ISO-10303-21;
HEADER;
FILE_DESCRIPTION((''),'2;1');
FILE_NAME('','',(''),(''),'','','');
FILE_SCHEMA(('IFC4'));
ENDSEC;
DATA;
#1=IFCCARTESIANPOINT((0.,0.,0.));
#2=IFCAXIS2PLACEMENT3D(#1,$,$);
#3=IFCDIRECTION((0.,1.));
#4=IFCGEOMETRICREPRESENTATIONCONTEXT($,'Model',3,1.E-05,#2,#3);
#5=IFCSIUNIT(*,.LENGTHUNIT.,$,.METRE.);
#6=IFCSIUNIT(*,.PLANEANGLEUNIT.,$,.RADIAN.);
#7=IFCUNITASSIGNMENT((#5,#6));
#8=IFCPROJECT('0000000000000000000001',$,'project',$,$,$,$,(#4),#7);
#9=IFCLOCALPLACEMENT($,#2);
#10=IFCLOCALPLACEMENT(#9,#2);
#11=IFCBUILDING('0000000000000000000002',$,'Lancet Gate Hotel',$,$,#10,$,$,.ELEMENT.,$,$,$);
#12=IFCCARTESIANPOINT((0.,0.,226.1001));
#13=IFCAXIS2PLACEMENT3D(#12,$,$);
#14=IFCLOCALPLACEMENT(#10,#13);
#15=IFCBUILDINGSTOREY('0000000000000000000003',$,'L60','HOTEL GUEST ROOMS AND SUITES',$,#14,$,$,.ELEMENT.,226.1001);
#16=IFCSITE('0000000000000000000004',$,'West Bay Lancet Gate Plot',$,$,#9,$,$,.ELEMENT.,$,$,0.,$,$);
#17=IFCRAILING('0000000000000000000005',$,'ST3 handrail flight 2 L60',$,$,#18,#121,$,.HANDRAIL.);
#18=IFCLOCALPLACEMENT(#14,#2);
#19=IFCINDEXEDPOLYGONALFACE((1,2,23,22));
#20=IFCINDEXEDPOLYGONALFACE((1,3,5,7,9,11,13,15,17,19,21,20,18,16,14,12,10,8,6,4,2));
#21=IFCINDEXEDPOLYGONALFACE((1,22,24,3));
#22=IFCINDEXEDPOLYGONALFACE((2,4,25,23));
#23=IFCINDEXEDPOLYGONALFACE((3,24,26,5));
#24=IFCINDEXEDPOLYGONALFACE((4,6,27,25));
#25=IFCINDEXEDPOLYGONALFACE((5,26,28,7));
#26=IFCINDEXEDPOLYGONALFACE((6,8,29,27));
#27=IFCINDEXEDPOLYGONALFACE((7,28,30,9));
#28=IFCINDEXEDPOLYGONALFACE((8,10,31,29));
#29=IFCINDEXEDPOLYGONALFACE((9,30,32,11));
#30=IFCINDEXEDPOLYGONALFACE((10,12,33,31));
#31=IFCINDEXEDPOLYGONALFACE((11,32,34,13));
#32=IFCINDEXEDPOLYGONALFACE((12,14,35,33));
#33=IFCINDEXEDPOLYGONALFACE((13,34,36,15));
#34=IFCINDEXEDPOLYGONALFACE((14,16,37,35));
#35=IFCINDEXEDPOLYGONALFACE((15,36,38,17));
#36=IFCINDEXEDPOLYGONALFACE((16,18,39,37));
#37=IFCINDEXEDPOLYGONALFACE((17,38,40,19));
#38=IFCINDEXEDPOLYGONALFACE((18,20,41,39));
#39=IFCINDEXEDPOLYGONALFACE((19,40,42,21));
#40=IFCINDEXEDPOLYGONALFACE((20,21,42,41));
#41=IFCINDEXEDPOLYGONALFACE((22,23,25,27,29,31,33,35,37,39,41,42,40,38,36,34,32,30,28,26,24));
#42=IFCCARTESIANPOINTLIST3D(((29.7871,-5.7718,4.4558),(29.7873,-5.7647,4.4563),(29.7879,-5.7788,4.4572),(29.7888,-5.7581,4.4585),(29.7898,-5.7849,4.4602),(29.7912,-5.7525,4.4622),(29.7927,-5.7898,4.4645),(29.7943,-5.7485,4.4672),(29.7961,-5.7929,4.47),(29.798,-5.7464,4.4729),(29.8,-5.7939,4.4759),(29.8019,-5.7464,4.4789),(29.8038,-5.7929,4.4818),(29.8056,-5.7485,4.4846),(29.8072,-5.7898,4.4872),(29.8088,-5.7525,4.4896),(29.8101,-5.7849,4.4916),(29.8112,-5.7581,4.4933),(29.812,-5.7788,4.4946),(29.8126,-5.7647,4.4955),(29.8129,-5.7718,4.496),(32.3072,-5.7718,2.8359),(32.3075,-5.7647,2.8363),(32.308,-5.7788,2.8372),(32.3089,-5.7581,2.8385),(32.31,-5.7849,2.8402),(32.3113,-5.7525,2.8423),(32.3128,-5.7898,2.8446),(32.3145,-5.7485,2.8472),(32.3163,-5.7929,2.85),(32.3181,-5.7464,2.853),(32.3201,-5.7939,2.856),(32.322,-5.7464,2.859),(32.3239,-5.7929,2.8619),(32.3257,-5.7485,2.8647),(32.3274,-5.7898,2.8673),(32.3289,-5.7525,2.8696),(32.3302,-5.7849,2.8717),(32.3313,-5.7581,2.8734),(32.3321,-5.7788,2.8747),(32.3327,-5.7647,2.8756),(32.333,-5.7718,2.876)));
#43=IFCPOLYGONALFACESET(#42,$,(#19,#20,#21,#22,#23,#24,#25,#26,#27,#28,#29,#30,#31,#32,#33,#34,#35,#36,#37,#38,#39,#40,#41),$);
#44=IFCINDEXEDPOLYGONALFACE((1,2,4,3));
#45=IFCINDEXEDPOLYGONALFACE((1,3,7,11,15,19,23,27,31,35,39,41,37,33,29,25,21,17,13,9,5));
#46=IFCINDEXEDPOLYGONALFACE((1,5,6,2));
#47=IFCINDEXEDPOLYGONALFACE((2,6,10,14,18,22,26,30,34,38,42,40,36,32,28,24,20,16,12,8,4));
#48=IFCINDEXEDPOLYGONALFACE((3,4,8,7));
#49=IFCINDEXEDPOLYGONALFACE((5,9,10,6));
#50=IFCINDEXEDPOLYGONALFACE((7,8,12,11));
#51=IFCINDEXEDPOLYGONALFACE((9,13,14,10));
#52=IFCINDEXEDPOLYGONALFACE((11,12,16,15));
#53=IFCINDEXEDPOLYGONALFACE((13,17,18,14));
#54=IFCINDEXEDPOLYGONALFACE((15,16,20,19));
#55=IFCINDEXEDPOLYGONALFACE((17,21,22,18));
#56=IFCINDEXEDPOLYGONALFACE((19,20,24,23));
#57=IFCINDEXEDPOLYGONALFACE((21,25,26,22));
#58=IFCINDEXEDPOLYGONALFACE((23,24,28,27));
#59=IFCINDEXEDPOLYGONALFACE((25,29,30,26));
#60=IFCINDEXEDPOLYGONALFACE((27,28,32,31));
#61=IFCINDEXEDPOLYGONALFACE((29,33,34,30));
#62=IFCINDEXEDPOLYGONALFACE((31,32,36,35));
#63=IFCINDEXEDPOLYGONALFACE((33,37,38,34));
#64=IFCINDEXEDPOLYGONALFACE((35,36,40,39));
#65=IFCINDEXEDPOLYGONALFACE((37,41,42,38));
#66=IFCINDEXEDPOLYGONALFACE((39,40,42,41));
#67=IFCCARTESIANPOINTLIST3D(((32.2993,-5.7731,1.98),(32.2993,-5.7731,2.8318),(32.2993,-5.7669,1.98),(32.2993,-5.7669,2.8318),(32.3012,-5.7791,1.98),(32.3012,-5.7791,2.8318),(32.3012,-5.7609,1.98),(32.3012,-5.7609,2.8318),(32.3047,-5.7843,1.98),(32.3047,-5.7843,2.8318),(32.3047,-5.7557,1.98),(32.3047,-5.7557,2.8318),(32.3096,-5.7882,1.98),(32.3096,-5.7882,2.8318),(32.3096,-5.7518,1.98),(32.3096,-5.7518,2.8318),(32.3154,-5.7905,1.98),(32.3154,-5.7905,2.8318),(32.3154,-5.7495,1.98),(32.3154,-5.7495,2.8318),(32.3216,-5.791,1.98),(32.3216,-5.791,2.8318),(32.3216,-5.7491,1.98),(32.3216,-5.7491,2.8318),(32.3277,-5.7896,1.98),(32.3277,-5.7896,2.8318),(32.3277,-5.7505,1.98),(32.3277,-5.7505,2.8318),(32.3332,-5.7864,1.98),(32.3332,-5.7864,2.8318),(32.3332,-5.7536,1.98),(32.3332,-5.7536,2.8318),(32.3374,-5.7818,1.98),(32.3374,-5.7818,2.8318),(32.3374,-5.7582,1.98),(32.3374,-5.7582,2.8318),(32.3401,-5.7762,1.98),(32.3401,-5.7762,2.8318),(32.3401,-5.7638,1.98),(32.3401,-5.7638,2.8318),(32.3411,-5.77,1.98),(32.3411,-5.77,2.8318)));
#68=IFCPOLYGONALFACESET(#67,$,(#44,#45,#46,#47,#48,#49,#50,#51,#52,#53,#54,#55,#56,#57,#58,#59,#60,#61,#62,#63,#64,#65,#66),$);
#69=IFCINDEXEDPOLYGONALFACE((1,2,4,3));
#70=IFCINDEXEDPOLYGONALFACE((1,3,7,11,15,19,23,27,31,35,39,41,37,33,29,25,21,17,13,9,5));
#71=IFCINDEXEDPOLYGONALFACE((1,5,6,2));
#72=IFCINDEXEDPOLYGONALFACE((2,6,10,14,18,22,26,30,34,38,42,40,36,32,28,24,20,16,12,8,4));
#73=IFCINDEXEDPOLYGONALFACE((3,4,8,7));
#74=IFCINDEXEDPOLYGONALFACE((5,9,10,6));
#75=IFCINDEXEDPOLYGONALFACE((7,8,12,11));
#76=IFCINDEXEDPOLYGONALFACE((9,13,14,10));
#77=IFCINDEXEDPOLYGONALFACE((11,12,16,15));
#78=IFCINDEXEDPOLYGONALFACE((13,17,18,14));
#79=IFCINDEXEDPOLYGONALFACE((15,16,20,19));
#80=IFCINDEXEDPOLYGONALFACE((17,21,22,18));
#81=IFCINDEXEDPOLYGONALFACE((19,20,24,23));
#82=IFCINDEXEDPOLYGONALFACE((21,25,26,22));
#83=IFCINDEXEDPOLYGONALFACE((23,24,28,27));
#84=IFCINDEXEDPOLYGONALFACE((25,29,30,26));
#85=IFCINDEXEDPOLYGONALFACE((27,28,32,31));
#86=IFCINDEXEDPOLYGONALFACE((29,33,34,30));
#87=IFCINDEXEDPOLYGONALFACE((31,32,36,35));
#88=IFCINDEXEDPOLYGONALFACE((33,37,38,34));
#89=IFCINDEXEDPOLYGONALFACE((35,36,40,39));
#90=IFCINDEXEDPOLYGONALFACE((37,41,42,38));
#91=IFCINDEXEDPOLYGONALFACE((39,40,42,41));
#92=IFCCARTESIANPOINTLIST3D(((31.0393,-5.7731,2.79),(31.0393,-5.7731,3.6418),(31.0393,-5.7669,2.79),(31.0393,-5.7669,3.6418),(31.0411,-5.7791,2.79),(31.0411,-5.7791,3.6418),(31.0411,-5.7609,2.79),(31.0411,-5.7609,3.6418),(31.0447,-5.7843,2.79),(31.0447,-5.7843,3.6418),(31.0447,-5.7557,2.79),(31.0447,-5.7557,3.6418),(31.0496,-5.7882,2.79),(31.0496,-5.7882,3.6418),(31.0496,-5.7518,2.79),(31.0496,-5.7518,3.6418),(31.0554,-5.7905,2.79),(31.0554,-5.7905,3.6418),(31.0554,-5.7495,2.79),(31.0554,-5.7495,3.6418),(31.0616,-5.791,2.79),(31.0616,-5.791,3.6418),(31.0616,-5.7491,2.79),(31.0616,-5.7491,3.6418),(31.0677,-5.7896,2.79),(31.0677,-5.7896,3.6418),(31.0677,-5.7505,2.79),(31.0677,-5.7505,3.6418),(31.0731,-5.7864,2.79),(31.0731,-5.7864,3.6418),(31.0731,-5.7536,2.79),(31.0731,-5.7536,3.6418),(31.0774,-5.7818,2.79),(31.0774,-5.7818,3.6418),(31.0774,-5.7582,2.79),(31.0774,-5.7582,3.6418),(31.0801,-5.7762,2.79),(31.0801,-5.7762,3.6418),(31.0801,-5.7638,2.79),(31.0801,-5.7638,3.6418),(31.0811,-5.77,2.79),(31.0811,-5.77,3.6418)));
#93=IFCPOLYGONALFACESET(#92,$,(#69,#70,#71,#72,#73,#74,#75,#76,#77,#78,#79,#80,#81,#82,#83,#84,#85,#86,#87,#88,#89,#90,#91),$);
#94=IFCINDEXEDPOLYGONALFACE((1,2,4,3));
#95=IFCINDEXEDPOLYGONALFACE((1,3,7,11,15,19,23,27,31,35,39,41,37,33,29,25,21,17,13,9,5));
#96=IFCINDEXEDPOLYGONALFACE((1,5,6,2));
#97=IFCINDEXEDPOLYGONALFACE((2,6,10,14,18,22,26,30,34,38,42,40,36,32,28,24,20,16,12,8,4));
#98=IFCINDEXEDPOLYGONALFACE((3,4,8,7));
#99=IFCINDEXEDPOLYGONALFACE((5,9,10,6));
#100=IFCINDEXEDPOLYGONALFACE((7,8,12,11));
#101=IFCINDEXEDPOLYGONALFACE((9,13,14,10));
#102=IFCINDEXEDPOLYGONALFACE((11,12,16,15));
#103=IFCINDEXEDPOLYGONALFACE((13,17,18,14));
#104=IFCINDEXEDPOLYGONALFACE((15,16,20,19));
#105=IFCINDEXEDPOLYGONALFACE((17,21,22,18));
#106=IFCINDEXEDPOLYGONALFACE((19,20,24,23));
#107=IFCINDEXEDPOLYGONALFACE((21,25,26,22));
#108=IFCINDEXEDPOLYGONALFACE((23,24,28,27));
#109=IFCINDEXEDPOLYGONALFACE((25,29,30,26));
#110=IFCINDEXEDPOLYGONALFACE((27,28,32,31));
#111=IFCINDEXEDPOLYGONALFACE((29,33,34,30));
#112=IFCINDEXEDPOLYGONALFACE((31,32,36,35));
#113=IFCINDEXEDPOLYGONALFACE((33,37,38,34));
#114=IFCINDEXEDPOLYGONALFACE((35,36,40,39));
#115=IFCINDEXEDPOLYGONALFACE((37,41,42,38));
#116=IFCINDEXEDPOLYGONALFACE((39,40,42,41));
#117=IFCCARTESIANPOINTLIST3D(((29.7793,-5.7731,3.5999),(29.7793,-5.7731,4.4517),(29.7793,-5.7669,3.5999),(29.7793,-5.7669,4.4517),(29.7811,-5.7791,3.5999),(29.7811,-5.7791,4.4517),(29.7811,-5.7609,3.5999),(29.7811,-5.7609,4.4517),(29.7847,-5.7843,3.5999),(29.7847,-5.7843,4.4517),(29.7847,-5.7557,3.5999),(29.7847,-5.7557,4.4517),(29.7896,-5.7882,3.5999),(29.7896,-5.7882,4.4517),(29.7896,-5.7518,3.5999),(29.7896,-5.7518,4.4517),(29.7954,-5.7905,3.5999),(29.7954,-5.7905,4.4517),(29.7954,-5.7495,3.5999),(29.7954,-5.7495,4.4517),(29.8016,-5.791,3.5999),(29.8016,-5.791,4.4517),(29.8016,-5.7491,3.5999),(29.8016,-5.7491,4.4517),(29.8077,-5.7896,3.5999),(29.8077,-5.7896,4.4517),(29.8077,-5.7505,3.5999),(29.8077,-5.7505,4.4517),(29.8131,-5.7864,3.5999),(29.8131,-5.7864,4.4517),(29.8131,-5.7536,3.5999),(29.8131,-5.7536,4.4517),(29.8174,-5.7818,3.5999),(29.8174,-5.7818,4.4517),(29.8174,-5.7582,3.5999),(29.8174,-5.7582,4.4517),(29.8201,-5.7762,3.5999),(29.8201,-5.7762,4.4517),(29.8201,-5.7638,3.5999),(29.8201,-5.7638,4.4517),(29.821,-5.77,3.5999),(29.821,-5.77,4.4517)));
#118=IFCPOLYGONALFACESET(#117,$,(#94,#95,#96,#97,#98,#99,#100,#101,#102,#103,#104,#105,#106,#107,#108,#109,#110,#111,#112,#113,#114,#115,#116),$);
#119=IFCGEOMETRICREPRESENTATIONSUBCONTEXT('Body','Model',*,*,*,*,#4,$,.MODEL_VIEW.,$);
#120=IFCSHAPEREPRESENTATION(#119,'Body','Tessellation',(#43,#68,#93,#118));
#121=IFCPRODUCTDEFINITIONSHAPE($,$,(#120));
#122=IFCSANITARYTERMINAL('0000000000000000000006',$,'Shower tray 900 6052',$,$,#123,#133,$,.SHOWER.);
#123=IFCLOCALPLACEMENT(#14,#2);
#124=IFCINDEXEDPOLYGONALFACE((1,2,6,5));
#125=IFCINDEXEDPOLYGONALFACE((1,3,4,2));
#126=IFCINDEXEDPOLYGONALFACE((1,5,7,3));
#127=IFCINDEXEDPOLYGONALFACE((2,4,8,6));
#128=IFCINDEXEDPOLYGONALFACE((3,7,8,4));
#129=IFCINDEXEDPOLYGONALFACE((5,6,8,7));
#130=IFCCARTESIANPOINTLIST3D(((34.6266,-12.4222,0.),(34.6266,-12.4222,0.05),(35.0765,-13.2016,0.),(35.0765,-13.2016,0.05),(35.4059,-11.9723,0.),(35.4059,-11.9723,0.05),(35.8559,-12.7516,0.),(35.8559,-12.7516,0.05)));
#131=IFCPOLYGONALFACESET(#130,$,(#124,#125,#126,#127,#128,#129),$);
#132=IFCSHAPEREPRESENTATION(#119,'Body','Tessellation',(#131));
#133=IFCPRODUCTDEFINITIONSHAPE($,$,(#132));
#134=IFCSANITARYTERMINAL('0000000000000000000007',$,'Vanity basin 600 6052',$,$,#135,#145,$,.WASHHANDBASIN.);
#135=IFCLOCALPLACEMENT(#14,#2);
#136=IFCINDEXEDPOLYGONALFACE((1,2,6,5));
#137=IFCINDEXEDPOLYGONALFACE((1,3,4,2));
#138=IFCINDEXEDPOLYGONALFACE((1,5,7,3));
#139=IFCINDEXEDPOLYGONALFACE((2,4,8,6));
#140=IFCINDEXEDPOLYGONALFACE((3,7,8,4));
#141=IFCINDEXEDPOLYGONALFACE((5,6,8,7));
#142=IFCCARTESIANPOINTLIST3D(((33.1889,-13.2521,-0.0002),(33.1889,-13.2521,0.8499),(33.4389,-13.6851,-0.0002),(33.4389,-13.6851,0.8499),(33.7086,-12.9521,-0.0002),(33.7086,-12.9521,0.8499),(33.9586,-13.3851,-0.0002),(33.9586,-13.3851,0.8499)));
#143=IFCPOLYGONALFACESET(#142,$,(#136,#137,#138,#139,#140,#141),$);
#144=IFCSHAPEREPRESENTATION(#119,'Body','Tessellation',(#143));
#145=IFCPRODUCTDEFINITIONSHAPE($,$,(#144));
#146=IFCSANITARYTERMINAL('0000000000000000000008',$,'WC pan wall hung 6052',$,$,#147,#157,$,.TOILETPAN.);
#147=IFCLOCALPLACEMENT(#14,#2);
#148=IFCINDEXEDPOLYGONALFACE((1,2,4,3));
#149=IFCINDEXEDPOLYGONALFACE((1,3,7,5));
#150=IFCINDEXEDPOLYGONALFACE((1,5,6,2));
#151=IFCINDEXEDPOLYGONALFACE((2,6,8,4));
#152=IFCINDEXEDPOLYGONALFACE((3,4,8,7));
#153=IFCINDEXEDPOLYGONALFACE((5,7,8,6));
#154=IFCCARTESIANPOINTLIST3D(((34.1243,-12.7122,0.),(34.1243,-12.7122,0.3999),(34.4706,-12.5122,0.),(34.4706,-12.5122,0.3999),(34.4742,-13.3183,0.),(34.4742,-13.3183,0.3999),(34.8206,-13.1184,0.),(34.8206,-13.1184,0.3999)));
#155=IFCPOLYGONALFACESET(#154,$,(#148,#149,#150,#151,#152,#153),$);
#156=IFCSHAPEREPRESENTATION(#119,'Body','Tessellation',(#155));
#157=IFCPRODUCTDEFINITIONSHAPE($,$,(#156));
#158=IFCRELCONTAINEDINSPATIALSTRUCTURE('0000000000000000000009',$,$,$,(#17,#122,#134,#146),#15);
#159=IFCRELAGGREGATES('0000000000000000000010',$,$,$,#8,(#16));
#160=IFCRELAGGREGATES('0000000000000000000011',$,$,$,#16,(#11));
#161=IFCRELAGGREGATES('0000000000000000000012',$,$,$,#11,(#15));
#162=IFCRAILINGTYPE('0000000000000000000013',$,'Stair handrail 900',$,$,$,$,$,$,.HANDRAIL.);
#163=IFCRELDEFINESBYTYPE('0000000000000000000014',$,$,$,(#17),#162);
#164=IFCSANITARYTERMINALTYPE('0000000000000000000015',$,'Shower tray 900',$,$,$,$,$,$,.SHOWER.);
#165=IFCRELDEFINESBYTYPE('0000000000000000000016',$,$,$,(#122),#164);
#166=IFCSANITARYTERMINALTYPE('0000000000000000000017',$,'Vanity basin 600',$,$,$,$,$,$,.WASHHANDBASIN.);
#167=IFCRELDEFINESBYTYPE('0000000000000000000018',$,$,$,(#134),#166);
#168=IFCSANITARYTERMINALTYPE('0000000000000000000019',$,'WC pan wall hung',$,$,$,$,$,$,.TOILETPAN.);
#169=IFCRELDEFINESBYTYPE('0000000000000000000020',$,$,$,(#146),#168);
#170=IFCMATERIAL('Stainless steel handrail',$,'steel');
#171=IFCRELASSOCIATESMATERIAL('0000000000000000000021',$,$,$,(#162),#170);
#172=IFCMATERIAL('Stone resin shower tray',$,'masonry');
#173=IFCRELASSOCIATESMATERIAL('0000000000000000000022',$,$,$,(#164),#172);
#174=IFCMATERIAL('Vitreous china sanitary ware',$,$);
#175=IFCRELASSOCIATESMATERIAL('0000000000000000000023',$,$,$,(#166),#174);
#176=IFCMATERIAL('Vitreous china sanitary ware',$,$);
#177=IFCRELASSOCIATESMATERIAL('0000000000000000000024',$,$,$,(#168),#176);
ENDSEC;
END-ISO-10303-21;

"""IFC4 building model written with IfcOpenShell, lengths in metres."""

from ifc_helpers import new_model, si_unit, direction, frame, origin, origin_2d, place, context, subcontext, project, spatial, rectangle, circle, extrude, material, type_object, element, save


model = new_model("IFC4")

# Units and contexts
model_context = context("Model", 3, precision=1e-05, world=origin(), true_north=direction((0.0, 1.0)))
body_context = subcontext(model_context, "Body", "Model", "MODEL_VIEW")
ifc_project = project(units=[si_unit("LENGTHUNIT", "METRE"), si_unit("PLANEANGLEUNIT", "RADIAN")], contexts=[model_context])

# Site, building, storey
site_placement = place(None, origin())
site = spatial("IfcSite", under=ifc_project, at=site_placement, Name="West Bay Lancet Gate Plot", CompositionType="ELEMENT", RefElevation=0.0)
building_placement = place(site_placement, origin())
building = spatial("IfcBuilding", under=site, at=building_placement, Name="Lancet Gate Hotel", CompositionType="ELEMENT")
storey_placement = place(building_placement, frame((0.0, 0.0, 226.1001)))
storey = spatial("IfcBuildingStorey", under=building, at=storey_placement, Name="L60", Description="HOTEL GUEST ROOMS AND SUITES", CompositionType="ELEMENT", Elevation=226.1001)

# Railing
ifc_material_1 = material(Name="Stainless steel handrail", Category="steel")
railing_type = type_object("IfcRailingType", Name="Stair handrail 900", PredefinedType="HANDRAIL", material=ifc_material_1)
railing_1_placement = place(storey_placement, frame((32.3201, -5.77, 1.98)))
element("IfcRailing", 1, at=railing_1_placement, inside=storey, type_object=railing_type, Name="ST3 handrail flight 2 L60", PredefinedType="HANDRAIL", context=body_context, shape_type="SweptSolid", body=[
    extrude(circle(Radius=0.0239, at=origin_2d()), frame((0.0, 0.0, 0.876), z_axis=(-0.8412, 0.0, 0.540725), x_axis=(0.0, -1.0, 0.0)), (0.0, 0.0, 1.0), 2.9958),
    extrude(circle(Radius=0.021, at=origin_2d()), origin(), (0.0, 0.0, 1.0), 0.8518),
    extrude(circle(Radius=0.021, at=origin_2d()), frame((-1.26, 0.0, 0.8101)), (0.0, 0.0, 1.0), 0.8518),
    extrude(circle(Radius=0.021, at=origin_2d()), frame((-2.52, 0.0, 1.6199)), (0.0, 0.0, 1.0), 0.8518),
])

# Sanitary terminals
ifc_material_2 = material(Name="Stone resin shower tray", Category="masonry")
sanitary_terminal_type_1 = type_object("IfcSanitaryTerminalType", Name="Shower tray 900", PredefinedType="SHOWER", material=ifc_material_2)
sanitary_terminal_1_placement = place(storey_placement, frame((35.2412, -12.5869, 0.0), z_axis=(0.0, 0.0, 1.0), x_axis=(0.866025, 0.5, 0.0)))
element("IfcSanitaryTerminal", 2, at=sanitary_terminal_1_placement, inside=storey, type_object=sanitary_terminal_type_1, Name="Shower tray 900 6052", PredefinedType="SHOWER", context=body_context, shape_type="SweptSolid", body=[
    extrude(rectangle(XDim=0.8999, YDim=0.8999, at=origin_2d()), origin(), (0.0, 0.0, 1.0), 0.05),
])
ifc_material_3 = material(Name="Vitreous china sanitary ware")
sanitary_terminal_type_2 = type_object("IfcSanitaryTerminalType", Name="Vanity basin 600", PredefinedType="WASHHANDBASIN", material=ifc_material_3)
sanitary_terminal_2_placement = place(storey_placement, frame((33.5737, -13.3186, -0.0002), z_axis=(0.0, 0.0, 1.0), x_axis=(0.866025, 0.5, 0.0)))
element("IfcSanitaryTerminal", 3, at=sanitary_terminal_2_placement, inside=storey, type_object=sanitary_terminal_type_2, Name="Vanity basin 600 6052", PredefinedType="WASHHANDBASIN", context=body_context, shape_type="SweptSolid", body=[
    extrude(rectangle(XDim=0.6001, YDim=0.5, at=origin_2d()), origin(), (0.0, 0.0, 1.0), 0.8501),
])
ifc_material_4 = material(Name="Vitreous china sanitary ware")
sanitary_terminal_type_3 = type_object("IfcSanitaryTerminalType", Name="WC pan wall hung", PredefinedType="TOILETPAN", material=ifc_material_4)
sanitary_terminal_3_placement = place(storey_placement, frame((34.4724, -12.9153, 0.0), z_axis=(0.0, 0.0, 1.0), x_axis=(0.866025, 0.5, 0.0)))
element("IfcSanitaryTerminal", 4, at=sanitary_terminal_3_placement, inside=storey, type_object=sanitary_terminal_type_3, Name="WC pan wall hung 6052", PredefinedType="TOILETPAN", context=body_context, shape_type="SweptSolid", body=[
    extrude(rectangle(XDim=0.3999, YDim=0.7, at=origin_2d()), origin(), (0.0, 0.0, 1.0), 0.3999),
])

save(model, "model.ifc")
